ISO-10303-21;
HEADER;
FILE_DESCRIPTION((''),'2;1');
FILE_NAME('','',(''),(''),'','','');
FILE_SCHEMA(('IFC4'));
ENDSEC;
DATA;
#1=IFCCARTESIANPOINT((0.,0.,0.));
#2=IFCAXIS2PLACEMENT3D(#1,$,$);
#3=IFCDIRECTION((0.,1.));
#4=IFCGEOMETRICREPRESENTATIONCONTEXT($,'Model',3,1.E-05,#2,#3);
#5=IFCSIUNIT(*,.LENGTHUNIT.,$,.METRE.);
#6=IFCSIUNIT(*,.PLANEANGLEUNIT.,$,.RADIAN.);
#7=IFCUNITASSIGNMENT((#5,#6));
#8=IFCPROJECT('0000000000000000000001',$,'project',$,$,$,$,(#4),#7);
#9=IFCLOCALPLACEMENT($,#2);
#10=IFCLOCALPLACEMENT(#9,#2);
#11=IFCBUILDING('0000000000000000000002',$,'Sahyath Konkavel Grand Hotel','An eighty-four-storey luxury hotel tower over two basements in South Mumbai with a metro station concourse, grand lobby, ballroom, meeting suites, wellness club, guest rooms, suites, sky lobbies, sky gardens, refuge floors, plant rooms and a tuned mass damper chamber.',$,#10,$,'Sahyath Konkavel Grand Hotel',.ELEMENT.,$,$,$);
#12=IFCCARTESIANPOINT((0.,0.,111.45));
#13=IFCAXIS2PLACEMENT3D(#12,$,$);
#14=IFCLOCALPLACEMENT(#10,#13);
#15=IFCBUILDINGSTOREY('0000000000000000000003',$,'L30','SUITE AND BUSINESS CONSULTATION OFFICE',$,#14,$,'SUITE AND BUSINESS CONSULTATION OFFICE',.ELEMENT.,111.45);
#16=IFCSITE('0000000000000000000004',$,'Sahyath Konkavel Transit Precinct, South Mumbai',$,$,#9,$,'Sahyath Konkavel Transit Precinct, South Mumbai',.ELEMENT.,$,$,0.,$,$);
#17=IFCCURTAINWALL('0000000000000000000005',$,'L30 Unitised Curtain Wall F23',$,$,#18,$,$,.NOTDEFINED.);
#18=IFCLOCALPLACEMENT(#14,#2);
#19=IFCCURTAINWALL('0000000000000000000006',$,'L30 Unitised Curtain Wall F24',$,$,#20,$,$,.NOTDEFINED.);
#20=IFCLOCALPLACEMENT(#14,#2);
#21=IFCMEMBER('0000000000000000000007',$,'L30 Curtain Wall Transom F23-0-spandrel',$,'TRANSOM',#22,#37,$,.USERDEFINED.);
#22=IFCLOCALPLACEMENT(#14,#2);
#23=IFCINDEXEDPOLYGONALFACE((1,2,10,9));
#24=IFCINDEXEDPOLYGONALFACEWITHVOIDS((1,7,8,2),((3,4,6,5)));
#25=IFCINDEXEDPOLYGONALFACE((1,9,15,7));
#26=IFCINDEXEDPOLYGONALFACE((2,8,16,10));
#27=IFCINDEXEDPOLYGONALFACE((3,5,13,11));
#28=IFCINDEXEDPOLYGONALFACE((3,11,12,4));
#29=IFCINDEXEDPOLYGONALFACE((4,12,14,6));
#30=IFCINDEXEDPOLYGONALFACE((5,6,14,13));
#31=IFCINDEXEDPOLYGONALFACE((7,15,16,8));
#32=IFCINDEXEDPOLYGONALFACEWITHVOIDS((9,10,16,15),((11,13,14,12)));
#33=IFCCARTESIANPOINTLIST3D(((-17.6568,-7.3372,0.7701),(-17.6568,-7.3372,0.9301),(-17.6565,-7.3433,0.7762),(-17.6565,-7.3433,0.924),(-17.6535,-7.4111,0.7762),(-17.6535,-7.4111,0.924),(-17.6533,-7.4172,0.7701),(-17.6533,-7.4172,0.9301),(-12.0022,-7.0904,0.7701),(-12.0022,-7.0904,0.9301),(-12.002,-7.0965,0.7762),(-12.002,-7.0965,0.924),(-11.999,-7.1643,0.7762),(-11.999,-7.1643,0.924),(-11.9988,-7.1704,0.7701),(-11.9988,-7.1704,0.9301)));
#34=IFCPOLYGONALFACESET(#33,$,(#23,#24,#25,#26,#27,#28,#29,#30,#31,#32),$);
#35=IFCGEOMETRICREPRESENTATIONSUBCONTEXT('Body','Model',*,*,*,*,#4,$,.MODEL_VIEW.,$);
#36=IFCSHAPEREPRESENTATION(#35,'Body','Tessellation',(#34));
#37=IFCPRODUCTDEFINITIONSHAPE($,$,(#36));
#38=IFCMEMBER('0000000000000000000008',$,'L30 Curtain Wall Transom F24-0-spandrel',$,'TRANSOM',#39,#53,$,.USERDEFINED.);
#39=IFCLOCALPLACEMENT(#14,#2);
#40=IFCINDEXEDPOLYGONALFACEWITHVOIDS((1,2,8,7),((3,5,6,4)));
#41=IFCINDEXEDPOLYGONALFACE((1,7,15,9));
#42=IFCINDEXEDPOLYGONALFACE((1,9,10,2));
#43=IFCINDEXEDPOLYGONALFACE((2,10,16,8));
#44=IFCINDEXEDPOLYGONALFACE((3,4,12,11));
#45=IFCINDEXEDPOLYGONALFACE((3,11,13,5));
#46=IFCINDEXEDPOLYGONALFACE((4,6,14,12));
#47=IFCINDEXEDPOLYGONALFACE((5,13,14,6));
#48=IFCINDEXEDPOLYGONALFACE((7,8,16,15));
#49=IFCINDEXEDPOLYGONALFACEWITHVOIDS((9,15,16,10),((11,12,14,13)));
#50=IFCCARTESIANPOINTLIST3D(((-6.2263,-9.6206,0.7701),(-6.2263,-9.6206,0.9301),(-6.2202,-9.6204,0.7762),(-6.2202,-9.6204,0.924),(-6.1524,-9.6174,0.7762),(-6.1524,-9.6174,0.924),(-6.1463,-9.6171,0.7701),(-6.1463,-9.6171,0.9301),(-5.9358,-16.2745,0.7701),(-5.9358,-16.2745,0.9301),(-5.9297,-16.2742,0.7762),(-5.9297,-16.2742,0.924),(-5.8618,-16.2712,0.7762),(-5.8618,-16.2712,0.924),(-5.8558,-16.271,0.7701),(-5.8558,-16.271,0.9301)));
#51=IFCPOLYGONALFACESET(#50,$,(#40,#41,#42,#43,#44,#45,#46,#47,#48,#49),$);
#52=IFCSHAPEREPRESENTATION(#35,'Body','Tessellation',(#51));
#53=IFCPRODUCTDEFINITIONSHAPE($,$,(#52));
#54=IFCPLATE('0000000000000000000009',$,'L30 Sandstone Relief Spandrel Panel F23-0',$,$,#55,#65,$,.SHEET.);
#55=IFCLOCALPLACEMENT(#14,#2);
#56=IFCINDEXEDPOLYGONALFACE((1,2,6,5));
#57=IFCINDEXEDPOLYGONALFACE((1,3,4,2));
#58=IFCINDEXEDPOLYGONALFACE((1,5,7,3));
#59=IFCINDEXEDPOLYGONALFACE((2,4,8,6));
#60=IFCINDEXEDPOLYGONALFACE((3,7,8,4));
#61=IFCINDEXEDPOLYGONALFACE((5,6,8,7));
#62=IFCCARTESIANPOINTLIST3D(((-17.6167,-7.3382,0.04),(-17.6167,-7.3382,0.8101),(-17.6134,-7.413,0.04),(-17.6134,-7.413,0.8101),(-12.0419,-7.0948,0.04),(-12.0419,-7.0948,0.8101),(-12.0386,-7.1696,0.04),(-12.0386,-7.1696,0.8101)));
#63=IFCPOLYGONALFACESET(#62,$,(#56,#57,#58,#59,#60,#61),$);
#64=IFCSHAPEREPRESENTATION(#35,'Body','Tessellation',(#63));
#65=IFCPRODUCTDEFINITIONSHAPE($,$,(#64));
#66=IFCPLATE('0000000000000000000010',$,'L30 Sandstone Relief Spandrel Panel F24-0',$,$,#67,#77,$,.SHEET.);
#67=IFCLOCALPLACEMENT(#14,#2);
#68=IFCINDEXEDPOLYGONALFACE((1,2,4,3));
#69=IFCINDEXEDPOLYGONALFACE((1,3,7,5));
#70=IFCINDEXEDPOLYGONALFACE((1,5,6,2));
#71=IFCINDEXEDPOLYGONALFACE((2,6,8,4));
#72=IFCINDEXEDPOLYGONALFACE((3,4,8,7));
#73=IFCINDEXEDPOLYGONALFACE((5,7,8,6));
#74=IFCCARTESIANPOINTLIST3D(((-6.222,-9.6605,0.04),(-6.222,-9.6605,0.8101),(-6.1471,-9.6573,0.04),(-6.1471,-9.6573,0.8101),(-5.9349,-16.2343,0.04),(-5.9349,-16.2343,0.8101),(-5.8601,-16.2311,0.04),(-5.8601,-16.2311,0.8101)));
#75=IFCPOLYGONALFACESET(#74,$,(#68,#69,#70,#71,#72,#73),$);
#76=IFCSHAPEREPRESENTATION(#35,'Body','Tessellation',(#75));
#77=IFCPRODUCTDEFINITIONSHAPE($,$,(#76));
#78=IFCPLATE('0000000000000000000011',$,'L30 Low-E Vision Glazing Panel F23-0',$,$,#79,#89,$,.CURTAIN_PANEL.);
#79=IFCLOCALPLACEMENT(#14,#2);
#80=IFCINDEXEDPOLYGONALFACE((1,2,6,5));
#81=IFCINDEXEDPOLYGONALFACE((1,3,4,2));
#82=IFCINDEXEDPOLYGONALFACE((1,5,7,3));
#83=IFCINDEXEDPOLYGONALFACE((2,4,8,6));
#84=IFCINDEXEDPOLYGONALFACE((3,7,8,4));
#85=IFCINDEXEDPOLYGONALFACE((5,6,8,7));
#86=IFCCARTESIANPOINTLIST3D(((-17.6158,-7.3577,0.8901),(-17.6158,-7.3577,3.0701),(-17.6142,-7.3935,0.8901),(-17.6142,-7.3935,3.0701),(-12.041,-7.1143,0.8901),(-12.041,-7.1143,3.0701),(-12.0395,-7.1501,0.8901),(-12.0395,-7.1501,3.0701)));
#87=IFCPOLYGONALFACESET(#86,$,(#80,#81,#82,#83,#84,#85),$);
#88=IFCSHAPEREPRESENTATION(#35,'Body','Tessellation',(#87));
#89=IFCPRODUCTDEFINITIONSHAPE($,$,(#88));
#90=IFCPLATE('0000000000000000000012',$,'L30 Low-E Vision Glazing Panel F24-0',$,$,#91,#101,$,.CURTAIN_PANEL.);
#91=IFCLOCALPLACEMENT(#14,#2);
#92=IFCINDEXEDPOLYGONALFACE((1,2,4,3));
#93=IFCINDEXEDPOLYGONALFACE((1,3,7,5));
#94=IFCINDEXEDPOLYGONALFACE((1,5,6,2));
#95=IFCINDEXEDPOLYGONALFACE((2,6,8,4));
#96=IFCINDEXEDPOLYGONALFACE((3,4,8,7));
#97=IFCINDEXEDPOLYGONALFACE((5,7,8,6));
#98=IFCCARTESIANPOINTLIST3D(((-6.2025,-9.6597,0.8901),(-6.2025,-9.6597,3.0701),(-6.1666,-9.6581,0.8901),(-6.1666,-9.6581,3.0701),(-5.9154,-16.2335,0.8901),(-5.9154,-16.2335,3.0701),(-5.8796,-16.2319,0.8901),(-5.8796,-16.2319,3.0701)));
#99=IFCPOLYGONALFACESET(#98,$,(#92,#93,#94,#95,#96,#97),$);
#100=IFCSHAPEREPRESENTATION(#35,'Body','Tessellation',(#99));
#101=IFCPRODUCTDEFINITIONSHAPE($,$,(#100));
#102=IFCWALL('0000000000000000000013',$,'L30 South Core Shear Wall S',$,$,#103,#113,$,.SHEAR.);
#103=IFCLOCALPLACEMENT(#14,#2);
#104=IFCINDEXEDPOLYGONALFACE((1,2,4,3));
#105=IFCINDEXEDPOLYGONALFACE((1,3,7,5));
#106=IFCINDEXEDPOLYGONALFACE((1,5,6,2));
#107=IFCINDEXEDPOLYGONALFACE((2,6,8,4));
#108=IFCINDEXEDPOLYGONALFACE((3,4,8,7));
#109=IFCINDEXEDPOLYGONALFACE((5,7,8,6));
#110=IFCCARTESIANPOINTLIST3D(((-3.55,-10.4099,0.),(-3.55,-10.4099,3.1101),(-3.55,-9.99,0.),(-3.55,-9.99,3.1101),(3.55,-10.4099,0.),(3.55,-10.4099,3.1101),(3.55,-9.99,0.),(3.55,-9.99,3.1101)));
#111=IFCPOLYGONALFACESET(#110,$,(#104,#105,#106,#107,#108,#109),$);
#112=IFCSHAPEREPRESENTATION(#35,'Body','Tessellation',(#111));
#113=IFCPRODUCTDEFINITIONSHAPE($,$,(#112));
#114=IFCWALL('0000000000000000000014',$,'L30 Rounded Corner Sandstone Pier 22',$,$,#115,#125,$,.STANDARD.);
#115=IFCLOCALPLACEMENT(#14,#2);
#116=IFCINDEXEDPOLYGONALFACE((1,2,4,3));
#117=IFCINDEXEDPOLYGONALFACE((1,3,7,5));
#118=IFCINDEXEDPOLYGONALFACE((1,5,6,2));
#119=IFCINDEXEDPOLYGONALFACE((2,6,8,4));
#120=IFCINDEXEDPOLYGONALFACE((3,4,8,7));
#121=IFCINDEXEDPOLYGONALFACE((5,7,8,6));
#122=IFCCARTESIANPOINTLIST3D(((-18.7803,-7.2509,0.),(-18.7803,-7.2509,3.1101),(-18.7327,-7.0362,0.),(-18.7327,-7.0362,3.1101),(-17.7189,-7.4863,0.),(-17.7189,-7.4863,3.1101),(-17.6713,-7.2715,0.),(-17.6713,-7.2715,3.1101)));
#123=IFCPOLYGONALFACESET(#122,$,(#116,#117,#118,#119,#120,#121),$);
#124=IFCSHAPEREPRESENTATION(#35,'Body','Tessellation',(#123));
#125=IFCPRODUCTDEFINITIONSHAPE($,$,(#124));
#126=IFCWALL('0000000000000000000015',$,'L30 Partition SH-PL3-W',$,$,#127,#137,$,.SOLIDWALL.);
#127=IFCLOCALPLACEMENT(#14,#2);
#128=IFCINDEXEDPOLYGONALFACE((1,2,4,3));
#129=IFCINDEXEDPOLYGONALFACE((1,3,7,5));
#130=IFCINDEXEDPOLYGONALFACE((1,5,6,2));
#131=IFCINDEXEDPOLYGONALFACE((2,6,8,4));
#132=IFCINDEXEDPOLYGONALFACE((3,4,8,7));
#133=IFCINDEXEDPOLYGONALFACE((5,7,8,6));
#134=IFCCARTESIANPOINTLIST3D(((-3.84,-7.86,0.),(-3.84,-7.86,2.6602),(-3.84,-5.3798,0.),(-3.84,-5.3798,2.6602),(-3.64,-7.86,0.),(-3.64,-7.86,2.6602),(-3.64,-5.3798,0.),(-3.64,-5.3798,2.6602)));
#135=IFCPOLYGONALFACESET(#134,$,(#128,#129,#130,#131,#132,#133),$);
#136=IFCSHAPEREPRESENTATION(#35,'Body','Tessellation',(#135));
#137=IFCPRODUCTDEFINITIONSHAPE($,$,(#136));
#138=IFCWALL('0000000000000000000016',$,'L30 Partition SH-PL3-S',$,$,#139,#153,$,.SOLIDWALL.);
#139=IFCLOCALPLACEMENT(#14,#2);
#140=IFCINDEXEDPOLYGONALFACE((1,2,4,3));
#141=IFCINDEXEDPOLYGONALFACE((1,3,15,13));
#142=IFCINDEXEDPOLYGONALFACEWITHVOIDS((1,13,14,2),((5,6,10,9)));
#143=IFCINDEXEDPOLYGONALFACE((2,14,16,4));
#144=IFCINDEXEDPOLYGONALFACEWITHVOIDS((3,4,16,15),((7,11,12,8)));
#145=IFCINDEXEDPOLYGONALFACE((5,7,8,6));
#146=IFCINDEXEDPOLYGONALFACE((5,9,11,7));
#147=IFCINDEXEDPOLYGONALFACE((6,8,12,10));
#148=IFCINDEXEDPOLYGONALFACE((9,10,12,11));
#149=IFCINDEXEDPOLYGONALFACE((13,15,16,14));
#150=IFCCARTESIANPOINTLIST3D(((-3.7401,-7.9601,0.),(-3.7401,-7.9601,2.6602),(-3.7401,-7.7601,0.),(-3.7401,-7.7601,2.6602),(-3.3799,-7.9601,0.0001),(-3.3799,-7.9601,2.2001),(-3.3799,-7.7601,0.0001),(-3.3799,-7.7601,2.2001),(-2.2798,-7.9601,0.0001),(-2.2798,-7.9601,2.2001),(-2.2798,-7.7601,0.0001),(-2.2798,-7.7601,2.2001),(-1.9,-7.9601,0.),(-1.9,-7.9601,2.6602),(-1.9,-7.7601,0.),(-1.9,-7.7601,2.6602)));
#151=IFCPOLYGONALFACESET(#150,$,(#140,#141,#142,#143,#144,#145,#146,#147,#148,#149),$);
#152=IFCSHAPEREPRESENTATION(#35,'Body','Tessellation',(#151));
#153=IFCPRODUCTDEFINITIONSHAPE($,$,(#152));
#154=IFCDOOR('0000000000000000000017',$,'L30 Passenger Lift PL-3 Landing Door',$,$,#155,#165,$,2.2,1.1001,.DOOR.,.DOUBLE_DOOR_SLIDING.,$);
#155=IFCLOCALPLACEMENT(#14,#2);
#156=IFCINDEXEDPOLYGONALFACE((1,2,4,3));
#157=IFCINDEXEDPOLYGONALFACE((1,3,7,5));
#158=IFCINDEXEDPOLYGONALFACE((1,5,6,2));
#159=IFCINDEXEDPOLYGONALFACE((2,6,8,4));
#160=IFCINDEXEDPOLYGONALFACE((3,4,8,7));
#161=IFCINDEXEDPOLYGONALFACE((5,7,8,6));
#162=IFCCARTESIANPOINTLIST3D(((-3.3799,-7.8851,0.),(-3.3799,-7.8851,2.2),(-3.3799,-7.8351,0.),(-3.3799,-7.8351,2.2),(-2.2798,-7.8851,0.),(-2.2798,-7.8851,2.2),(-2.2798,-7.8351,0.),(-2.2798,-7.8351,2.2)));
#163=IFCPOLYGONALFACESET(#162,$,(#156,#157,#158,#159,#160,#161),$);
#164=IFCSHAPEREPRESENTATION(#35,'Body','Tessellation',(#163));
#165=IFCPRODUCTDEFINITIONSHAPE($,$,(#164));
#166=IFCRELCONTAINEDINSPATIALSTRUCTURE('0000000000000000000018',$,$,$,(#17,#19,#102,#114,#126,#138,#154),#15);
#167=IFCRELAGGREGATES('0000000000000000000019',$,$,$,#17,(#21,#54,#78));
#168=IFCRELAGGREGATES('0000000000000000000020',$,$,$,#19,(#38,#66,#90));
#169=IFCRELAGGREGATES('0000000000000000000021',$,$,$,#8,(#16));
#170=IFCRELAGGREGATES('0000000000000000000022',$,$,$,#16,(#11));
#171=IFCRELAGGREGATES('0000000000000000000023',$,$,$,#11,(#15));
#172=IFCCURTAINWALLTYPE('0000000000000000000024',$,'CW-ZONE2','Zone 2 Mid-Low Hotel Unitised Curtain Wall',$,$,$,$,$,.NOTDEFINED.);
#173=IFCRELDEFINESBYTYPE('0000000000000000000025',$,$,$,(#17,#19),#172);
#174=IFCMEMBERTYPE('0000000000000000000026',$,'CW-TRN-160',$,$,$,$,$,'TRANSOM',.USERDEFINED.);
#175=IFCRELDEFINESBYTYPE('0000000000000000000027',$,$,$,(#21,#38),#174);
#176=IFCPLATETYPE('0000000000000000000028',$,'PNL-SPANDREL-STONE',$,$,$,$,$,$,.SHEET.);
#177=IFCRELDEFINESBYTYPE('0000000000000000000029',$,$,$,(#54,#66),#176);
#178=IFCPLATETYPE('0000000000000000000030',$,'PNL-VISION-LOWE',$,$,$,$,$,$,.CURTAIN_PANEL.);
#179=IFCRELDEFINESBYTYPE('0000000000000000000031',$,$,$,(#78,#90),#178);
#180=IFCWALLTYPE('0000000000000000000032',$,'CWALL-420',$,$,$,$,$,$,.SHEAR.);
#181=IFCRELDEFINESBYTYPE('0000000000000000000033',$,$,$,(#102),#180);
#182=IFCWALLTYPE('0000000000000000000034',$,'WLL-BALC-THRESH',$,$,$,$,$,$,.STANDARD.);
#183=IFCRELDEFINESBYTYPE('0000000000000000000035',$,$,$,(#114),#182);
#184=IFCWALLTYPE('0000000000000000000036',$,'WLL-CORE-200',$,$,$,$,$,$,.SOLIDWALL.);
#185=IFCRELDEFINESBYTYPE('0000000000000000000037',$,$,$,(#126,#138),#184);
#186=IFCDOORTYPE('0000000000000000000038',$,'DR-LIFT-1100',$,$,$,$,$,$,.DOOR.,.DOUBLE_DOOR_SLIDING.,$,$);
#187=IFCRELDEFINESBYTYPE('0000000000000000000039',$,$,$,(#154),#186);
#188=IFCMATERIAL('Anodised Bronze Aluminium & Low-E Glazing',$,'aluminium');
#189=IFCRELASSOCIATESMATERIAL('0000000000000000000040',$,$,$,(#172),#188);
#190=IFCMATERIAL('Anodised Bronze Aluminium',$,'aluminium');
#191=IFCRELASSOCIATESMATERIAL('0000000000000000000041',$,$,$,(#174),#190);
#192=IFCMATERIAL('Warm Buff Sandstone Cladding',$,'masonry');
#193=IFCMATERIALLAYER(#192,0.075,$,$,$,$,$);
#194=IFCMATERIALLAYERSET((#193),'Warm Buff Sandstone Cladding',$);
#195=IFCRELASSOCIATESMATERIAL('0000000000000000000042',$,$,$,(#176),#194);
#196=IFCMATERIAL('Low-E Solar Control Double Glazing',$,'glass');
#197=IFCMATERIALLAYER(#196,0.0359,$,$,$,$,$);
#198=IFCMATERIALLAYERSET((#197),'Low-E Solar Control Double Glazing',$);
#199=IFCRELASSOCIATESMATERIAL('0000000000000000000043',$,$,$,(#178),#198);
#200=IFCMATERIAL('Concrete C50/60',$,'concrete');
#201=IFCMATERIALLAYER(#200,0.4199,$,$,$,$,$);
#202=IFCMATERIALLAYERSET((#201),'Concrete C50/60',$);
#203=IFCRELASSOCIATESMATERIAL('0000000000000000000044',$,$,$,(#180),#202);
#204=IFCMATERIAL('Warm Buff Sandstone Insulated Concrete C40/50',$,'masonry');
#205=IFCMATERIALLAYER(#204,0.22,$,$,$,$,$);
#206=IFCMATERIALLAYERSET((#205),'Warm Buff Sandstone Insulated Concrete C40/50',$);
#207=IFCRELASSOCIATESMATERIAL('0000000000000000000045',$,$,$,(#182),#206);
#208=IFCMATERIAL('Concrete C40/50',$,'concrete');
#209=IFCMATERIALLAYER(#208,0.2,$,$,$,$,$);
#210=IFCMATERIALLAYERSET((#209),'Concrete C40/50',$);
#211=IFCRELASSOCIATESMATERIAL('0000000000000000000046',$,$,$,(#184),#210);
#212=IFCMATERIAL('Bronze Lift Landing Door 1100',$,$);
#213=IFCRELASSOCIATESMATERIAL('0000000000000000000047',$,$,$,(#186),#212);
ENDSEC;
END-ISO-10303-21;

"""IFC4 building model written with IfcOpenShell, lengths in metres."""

from ifc_helpers import new_model, si_unit, direction, frame, frame_2d, origin, origin_2d, place, context, subcontext, project, spatial, rectangle, hollow_rectangle, extrude, source, transform, mapped, material, layer, layer_set, material_profile, profile_set, type_object, element, fill, aggregate, save


model = new_model("IFC4")

# Units and contexts
model_context = context("Model", 3, precision=1e-05, world=origin(), true_north=direction((0.0, 1.0)))
body_context = subcontext(model_context, "Body", "Model", "MODEL_VIEW")
ifc_project = project(units=[si_unit("LENGTHUNIT", "METRE"), si_unit("PLANEANGLEUNIT", "RADIAN")], contexts=[model_context])

# Site, building, storey
site_placement = place(None, origin())
site = spatial("IfcSite", under=ifc_project, at=site_placement, Name="Sahyath Konkavel Transit Precinct, South Mumbai", LongName="Sahyath Konkavel Transit Precinct, South Mumbai", CompositionType="ELEMENT", RefElevation=0.0)
building_placement = place(site_placement, origin())
building = spatial("IfcBuilding", under=site, at=building_placement, Name="Sahyath Konkavel Grand Hotel", Description="An eighty-four-storey luxury hotel tower over two basements in South Mumbai with a metro station concourse, grand lobby, ballroom, meeting suites, wellness club, guest rooms, suites, sky lobbies, sky gardens, refuge floors, plant rooms and a tuned mass damper chamber.", LongName="Sahyath Konkavel Grand Hotel", CompositionType="ELEMENT")
storey_placement = place(building_placement, frame((0.0, 0.0, 111.45)))
storey = spatial("IfcBuildingStorey", under=building, at=storey_placement, Name="L30", Description="SUITE AND BUSINESS CONSULTATION OFFICE", LongName="SUITE AND BUSINESS CONSULTATION OFFICE", CompositionType="ELEMENT", Elevation=111.45)

# Curtain wall
ifc_material_1 = material(Name="Anodised Bronze Aluminium & Low-E Glazing", Category="aluminium")
curtain_wall_type = type_object("IfcCurtainWallType", Name="CW-ZONE2", Description="Zone 2 Mid-Low Hotel Unitised Curtain Wall", PredefinedType="NOTDEFINED", material=ifc_material_1)
curtain_wall_1_placement = place(storey_placement, origin())
curtain_wall_1 = element("IfcCurtainWall", 1, at=curtain_wall_1_placement, inside=storey, type_object=curtain_wall_type, Name="L30 Unitised Curtain Wall F23", PredefinedType="NOTDEFINED")
ifc_material_2 = material(Name="Anodised Bronze Aluminium", Category="aluminium")

# Curtain wall
curtain_wall_2_placement = place(storey_placement, origin())
curtain_wall_2 = element("IfcCurtainWall", 2, at=curtain_wall_2_placement, inside=storey, type_object=curtain_wall_type, Name="L30 Unitised Curtain Wall F24", PredefinedType="NOTDEFINED")

# Members
ifc_material_profile_1 = material_profile(ifc_material_2, hollow_rectangle(XDim=0.0801, YDim=0.1599, WallThickness=0.0061, at=origin_2d()), Name="RHS 160x80x6")
ifc_profile_set_1 = profile_set([ifc_material_profile_1], Name="Anodised Bronze Aluminium")
member_type_1 = type_object("IfcMemberType", Name="CW-TRN-160", ElementType="TRANSOM", PredefinedType="USERDEFINED", material=ifc_profile_set_1)
shared_shape_1 = source(origin(), body_context, "Body", "SweptSolid", [
    extrude(hollow_rectangle(XDim=0.0801, YDim=0.1599, WallThickness=0.0061, at=origin_2d()), origin(), (0.0, 0.0, 1.0), 5.6599),
])
member_1_placement = place(storey_placement, frame((-17.655, -7.3772, 0.8501), z_axis=(0.999049, 0.043609, 0.0), x_axis=(-0.043609, 0.999049, 0.0)))
member_1 = element("IfcMember", 3, at=member_1_placement, type_object=member_type_1, Name="L30 Curtain Wall Transom F23-0-spandrel", ObjectType="TRANSOM", PredefinedType="USERDEFINED", context=body_context, shape_type="MappedRepresentation", body=[
    mapped(shared_shape_1, transform((0.0, 0.0, 0.0), scale=1.0)),
])
shared_shape_2 = source(origin(), body_context, "Body", "SweptSolid", [
    extrude(hollow_rectangle(XDim=0.0801, YDim=0.1599, WallThickness=0.0061, at=origin_2d()), origin(), (0.0, 0.0, 1.0), 6.6602),
])
member_2_placement = place(storey_placement, frame((-6.1863, -9.6189, 0.8501), z_axis=(0.043622, -0.999048, 0.0), x_axis=(0.999048, 0.043622, 0.0)))
member_2 = element("IfcMember", 4, at=member_2_placement, type_object=member_type_1, Name="L30 Curtain Wall Transom F24-0-spandrel", ObjectType="TRANSOM", PredefinedType="USERDEFINED", context=body_context, shape_type="MappedRepresentation", body=[
    mapped(shared_shape_2, transform((0.0, 0.0, 0.0), scale=1.0)),
])

# Plates
ifc_material_3 = material(Name="Warm Buff Sandstone Cladding", Category="masonry")
ifc_layer_1 = layer(ifc_material_3, 0.075)
ifc_layer_set_1 = layer_set([ifc_layer_1], Name="Warm Buff Sandstone Cladding")
plate_type_1 = type_object("IfcPlateType", Name="PNL-SPANDREL-STONE", PredefinedType="SHEET", material=ifc_layer_set_1)
shared_shape_3 = source(origin(), body_context, "Body", "SweptSolid", [
    extrude(rectangle(XDim=5.5801, YDim=0.075, at=origin_2d()), origin(), (0.0, 0.0, 1.0), 0.77),
])
plate_1_placement = place(storey_placement, frame((-14.8276, -7.2539, 0.04), z_axis=(0.0, 0.0, 1.0), x_axis=(0.999048, 0.043619, 0.0)))
plate_1 = element("IfcPlate", 5, at=plate_1_placement, type_object=plate_type_1, Name="L30 Sandstone Relief Spandrel Panel F23-0", PredefinedType="SHEET", context=body_context, shape_type="MappedRepresentation", body=[
    mapped(shared_shape_3, transform((0.0, 0.0, 0.0), scale=1.0)),
])
shared_shape_4 = source(origin(), body_context, "Body", "SweptSolid", [
    extrude(rectangle(XDim=6.5801, YDim=0.075, at=origin_2d()), origin(), (0.0, 0.0, 1.0), 0.77),
])
plate_2_placement = place(storey_placement, frame((-6.041, -12.9458, 0.04), z_axis=(0.0, 0.0, 1.0), x_axis=(0.043619, -0.999048, 0.0)))
plate_2 = element("IfcPlate", 6, at=plate_2_placement, type_object=plate_type_1, Name="L30 Sandstone Relief Spandrel Panel F24-0", PredefinedType="SHEET", context=body_context, shape_type="MappedRepresentation", body=[
    mapped(shared_shape_4, transform((0.0, 0.0, 0.0), scale=1.0)),
])
ifc_material_4 = material(Name="Low-E Solar Control Double Glazing", Category="glass")
ifc_layer_2 = layer(ifc_material_4, 0.0359)
ifc_layer_set_2 = layer_set([ifc_layer_2], Name="Low-E Solar Control Double Glazing")
plate_type_2 = type_object("IfcPlateType", Name="PNL-VISION-LOWE", PredefinedType="CURTAIN_PANEL", material=ifc_layer_set_2)
shared_shape_5 = source(origin(), body_context, "Body", "SweptSolid", [
    extrude(rectangle(XDim=5.5801, YDim=0.0359, at=origin_2d()), origin(), (0.0, 0.0, 1.0), 2.1799),
])
plate_3_placement = place(storey_placement, frame((-14.8276, -7.2539, 0.8901), z_axis=(0.0, 0.0, 1.0), x_axis=(0.999048, 0.043619, 0.0)))
plate_3 = element("IfcPlate", 7, at=plate_3_placement, type_object=plate_type_2, Name="L30 Low-E Vision Glazing Panel F23-0", PredefinedType="CURTAIN_PANEL", context=body_context, shape_type="MappedRepresentation", body=[
    mapped(shared_shape_5, transform((0.0, 0.0, 0.0), scale=1.0)),
])
aggregate(curtain_wall_1, [member_1, plate_1, plate_3])
shared_shape_6 = source(origin(), body_context, "Body", "SweptSolid", [
    extrude(rectangle(XDim=6.5801, YDim=0.0359, at=origin_2d()), origin(), (0.0, 0.0, 1.0), 2.1799),
])
plate_4_placement = place(storey_placement, frame((-6.041, -12.9458, 0.8901), z_axis=(0.0, 0.0, 1.0), x_axis=(0.043619, -0.999048, 0.0)))
plate_4 = element("IfcPlate", 8, at=plate_4_placement, type_object=plate_type_2, Name="L30 Low-E Vision Glazing Panel F24-0", PredefinedType="CURTAIN_PANEL", context=body_context, shape_type="MappedRepresentation", body=[
    mapped(shared_shape_6, transform((0.0, 0.0, 0.0), scale=1.0)),
])
aggregate(curtain_wall_2, [member_2, plate_2, plate_4])

# Walls
ifc_material_5 = material(Name="Concrete C50/60", Category="concrete")
ifc_layer_3 = layer(ifc_material_5, 0.4199)
ifc_layer_set_3 = layer_set([ifc_layer_3], Name="Concrete C50/60")
wall_type_1 = type_object("IfcWallType", Name="CWALL-420", PredefinedType="SHEAR", material=ifc_layer_set_3)
wall_1_placement = place(storey_placement, frame((-3.55, -10.2, 0.0), z_axis=(0.0, 0.0, 1.0), x_axis=(1.0, 0.0, 0.0)))
element("IfcWall", 9, at=wall_1_placement, inside=storey, type_object=wall_type_1, Name="L30 South Core Shear Wall S", PredefinedType="SHEAR", context=body_context, shape_type="SweptSolid", body=[
    extrude(rectangle(XDim=7.1001, YDim=0.4199, at=frame_2d((3.55, 0.0))), origin(), (0.0, 0.0, 1.0), 3.1101),
])
ifc_material_6 = material(Name="Warm Buff Sandstone Insulated Concrete C40/50", Category="masonry")
ifc_layer_4 = layer(ifc_material_6, 0.22)
ifc_layer_set_4 = layer_set([ifc_layer_4], Name="Warm Buff Sandstone Insulated Concrete C40/50")
wall_type_2 = type_object("IfcWallType", Name="WLL-BALC-THRESH", PredefinedType="STANDARD", material=ifc_layer_set_4)
wall_2_placement = place(storey_placement, frame((-18.7563, -7.1436, 0.0), z_axis=(0.0, 0.0, 1.0), x_axis=(0.976282, -0.216502, 0.0)))
element("IfcWall", 10, at=wall_2_placement, inside=storey, type_object=wall_type_2, Name="L30 Rounded Corner Sandstone Pier 22", PredefinedType="STANDARD", context=body_context, shape_type="SweptSolid", body=[
    extrude(rectangle(XDim=1.0872, YDim=0.22, at=frame_2d((0.5435, 0.0))), origin(), (0.0, 0.0, 1.0), 3.1101),
])
ifc_material_7 = material(Name="Concrete C40/50", Category="concrete")
ifc_layer_5 = layer(ifc_material_7, 0.2)
ifc_layer_set_5 = layer_set([ifc_layer_5], Name="Concrete C40/50")
wall_type_3 = type_object("IfcWallType", Name="WLL-CORE-200", PredefinedType="SOLIDWALL", material=ifc_layer_set_5)
wall_3_placement = place(storey_placement, frame((-3.74, -7.8601, 0.0), z_axis=(0.0, 0.0, 1.0), x_axis=(0.0, 1.0, 0.0)))
element("IfcWall", 11, at=wall_3_placement, inside=storey, type_object=wall_type_3, Name="L30 Partition SH-PL3-W", PredefinedType="SOLIDWALL", context=body_context, shape_type="SweptSolid", body=[
    extrude(rectangle(XDim=2.4802, YDim=0.2, at=frame_2d((1.2402, 0.0))), origin(), (0.0, 0.0, 1.0), 2.6602),
])

# Wall, opening, door
wall_4_placement = place(storey_placement, frame((-3.74, -7.8601, 0.0), z_axis=(0.0, 0.0, 1.0), x_axis=(1.0, 0.0, 0.0)))
wall_4 = element("IfcWall", 12, at=wall_4_placement, inside=storey, type_object=wall_type_3, Name="L30 Partition SH-PL3-S", PredefinedType="SOLIDWALL", context=body_context, shape_type="SweptSolid", body=[
    extrude(rectangle(XDim=1.8401, YDim=0.2, at=frame_2d((0.9199, 0.0))), origin(), (0.0, 0.0, 1.0), 2.6602),
])
opening_1_placement = place(wall_4_placement, frame((0.3601, 0.0, 0.0)))
opening_1 = element("IfcOpeningElement", 13, at=opening_1_placement, cuts=wall_4, PredefinedType="OPENING", context=body_context, shape_type="SweptSolid", body=[
    extrude(rectangle(XDim=1.1001, YDim=2.2, at=frame_2d((0.55, 1.1001))), frame((0.0, 0.1099, 0.0), z_axis=(0.0, -1.0, 0.0), x_axis=(1.0, 0.0, 0.0)), (0.0, 0.0, 1.0), 0.22),
])
ifc_material_8 = material(Name="Bronze Lift Landing Door 1100")
door_type_1 = type_object("IfcDoorType", Name="DR-LIFT-1100", OperationType="DOUBLE_DOOR_SLIDING", PredefinedType="DOOR", material=ifc_material_8)
shared_shape_7 = source(origin(), body_context, "Body", "SweptSolid", [
    extrude(rectangle(XDim=1.1001, YDim=0.05, at=origin_2d()), origin(), (0.0, 0.0, 1.0), 2.2),
])
door_1_placement = place(opening_1_placement, frame((0.55, 0.0, 0.0)))
door_1 = element("IfcDoor", 14, at=door_1_placement, inside=storey, type_object=door_type_1, Name="L30 Passenger Lift PL-3 Landing Door", OperationType="DOUBLE_DOOR_SLIDING", OverallHeight=2.2, OverallWidth=1.1001, PredefinedType="DOOR", context=body_context, shape_type="MappedRepresentation", body=[
    mapped(shared_shape_7, transform((0.0, 0.0, 0.0), scale=1.0)),
])
fill(opening_1, door_1)

save(model, "model.ifc")
